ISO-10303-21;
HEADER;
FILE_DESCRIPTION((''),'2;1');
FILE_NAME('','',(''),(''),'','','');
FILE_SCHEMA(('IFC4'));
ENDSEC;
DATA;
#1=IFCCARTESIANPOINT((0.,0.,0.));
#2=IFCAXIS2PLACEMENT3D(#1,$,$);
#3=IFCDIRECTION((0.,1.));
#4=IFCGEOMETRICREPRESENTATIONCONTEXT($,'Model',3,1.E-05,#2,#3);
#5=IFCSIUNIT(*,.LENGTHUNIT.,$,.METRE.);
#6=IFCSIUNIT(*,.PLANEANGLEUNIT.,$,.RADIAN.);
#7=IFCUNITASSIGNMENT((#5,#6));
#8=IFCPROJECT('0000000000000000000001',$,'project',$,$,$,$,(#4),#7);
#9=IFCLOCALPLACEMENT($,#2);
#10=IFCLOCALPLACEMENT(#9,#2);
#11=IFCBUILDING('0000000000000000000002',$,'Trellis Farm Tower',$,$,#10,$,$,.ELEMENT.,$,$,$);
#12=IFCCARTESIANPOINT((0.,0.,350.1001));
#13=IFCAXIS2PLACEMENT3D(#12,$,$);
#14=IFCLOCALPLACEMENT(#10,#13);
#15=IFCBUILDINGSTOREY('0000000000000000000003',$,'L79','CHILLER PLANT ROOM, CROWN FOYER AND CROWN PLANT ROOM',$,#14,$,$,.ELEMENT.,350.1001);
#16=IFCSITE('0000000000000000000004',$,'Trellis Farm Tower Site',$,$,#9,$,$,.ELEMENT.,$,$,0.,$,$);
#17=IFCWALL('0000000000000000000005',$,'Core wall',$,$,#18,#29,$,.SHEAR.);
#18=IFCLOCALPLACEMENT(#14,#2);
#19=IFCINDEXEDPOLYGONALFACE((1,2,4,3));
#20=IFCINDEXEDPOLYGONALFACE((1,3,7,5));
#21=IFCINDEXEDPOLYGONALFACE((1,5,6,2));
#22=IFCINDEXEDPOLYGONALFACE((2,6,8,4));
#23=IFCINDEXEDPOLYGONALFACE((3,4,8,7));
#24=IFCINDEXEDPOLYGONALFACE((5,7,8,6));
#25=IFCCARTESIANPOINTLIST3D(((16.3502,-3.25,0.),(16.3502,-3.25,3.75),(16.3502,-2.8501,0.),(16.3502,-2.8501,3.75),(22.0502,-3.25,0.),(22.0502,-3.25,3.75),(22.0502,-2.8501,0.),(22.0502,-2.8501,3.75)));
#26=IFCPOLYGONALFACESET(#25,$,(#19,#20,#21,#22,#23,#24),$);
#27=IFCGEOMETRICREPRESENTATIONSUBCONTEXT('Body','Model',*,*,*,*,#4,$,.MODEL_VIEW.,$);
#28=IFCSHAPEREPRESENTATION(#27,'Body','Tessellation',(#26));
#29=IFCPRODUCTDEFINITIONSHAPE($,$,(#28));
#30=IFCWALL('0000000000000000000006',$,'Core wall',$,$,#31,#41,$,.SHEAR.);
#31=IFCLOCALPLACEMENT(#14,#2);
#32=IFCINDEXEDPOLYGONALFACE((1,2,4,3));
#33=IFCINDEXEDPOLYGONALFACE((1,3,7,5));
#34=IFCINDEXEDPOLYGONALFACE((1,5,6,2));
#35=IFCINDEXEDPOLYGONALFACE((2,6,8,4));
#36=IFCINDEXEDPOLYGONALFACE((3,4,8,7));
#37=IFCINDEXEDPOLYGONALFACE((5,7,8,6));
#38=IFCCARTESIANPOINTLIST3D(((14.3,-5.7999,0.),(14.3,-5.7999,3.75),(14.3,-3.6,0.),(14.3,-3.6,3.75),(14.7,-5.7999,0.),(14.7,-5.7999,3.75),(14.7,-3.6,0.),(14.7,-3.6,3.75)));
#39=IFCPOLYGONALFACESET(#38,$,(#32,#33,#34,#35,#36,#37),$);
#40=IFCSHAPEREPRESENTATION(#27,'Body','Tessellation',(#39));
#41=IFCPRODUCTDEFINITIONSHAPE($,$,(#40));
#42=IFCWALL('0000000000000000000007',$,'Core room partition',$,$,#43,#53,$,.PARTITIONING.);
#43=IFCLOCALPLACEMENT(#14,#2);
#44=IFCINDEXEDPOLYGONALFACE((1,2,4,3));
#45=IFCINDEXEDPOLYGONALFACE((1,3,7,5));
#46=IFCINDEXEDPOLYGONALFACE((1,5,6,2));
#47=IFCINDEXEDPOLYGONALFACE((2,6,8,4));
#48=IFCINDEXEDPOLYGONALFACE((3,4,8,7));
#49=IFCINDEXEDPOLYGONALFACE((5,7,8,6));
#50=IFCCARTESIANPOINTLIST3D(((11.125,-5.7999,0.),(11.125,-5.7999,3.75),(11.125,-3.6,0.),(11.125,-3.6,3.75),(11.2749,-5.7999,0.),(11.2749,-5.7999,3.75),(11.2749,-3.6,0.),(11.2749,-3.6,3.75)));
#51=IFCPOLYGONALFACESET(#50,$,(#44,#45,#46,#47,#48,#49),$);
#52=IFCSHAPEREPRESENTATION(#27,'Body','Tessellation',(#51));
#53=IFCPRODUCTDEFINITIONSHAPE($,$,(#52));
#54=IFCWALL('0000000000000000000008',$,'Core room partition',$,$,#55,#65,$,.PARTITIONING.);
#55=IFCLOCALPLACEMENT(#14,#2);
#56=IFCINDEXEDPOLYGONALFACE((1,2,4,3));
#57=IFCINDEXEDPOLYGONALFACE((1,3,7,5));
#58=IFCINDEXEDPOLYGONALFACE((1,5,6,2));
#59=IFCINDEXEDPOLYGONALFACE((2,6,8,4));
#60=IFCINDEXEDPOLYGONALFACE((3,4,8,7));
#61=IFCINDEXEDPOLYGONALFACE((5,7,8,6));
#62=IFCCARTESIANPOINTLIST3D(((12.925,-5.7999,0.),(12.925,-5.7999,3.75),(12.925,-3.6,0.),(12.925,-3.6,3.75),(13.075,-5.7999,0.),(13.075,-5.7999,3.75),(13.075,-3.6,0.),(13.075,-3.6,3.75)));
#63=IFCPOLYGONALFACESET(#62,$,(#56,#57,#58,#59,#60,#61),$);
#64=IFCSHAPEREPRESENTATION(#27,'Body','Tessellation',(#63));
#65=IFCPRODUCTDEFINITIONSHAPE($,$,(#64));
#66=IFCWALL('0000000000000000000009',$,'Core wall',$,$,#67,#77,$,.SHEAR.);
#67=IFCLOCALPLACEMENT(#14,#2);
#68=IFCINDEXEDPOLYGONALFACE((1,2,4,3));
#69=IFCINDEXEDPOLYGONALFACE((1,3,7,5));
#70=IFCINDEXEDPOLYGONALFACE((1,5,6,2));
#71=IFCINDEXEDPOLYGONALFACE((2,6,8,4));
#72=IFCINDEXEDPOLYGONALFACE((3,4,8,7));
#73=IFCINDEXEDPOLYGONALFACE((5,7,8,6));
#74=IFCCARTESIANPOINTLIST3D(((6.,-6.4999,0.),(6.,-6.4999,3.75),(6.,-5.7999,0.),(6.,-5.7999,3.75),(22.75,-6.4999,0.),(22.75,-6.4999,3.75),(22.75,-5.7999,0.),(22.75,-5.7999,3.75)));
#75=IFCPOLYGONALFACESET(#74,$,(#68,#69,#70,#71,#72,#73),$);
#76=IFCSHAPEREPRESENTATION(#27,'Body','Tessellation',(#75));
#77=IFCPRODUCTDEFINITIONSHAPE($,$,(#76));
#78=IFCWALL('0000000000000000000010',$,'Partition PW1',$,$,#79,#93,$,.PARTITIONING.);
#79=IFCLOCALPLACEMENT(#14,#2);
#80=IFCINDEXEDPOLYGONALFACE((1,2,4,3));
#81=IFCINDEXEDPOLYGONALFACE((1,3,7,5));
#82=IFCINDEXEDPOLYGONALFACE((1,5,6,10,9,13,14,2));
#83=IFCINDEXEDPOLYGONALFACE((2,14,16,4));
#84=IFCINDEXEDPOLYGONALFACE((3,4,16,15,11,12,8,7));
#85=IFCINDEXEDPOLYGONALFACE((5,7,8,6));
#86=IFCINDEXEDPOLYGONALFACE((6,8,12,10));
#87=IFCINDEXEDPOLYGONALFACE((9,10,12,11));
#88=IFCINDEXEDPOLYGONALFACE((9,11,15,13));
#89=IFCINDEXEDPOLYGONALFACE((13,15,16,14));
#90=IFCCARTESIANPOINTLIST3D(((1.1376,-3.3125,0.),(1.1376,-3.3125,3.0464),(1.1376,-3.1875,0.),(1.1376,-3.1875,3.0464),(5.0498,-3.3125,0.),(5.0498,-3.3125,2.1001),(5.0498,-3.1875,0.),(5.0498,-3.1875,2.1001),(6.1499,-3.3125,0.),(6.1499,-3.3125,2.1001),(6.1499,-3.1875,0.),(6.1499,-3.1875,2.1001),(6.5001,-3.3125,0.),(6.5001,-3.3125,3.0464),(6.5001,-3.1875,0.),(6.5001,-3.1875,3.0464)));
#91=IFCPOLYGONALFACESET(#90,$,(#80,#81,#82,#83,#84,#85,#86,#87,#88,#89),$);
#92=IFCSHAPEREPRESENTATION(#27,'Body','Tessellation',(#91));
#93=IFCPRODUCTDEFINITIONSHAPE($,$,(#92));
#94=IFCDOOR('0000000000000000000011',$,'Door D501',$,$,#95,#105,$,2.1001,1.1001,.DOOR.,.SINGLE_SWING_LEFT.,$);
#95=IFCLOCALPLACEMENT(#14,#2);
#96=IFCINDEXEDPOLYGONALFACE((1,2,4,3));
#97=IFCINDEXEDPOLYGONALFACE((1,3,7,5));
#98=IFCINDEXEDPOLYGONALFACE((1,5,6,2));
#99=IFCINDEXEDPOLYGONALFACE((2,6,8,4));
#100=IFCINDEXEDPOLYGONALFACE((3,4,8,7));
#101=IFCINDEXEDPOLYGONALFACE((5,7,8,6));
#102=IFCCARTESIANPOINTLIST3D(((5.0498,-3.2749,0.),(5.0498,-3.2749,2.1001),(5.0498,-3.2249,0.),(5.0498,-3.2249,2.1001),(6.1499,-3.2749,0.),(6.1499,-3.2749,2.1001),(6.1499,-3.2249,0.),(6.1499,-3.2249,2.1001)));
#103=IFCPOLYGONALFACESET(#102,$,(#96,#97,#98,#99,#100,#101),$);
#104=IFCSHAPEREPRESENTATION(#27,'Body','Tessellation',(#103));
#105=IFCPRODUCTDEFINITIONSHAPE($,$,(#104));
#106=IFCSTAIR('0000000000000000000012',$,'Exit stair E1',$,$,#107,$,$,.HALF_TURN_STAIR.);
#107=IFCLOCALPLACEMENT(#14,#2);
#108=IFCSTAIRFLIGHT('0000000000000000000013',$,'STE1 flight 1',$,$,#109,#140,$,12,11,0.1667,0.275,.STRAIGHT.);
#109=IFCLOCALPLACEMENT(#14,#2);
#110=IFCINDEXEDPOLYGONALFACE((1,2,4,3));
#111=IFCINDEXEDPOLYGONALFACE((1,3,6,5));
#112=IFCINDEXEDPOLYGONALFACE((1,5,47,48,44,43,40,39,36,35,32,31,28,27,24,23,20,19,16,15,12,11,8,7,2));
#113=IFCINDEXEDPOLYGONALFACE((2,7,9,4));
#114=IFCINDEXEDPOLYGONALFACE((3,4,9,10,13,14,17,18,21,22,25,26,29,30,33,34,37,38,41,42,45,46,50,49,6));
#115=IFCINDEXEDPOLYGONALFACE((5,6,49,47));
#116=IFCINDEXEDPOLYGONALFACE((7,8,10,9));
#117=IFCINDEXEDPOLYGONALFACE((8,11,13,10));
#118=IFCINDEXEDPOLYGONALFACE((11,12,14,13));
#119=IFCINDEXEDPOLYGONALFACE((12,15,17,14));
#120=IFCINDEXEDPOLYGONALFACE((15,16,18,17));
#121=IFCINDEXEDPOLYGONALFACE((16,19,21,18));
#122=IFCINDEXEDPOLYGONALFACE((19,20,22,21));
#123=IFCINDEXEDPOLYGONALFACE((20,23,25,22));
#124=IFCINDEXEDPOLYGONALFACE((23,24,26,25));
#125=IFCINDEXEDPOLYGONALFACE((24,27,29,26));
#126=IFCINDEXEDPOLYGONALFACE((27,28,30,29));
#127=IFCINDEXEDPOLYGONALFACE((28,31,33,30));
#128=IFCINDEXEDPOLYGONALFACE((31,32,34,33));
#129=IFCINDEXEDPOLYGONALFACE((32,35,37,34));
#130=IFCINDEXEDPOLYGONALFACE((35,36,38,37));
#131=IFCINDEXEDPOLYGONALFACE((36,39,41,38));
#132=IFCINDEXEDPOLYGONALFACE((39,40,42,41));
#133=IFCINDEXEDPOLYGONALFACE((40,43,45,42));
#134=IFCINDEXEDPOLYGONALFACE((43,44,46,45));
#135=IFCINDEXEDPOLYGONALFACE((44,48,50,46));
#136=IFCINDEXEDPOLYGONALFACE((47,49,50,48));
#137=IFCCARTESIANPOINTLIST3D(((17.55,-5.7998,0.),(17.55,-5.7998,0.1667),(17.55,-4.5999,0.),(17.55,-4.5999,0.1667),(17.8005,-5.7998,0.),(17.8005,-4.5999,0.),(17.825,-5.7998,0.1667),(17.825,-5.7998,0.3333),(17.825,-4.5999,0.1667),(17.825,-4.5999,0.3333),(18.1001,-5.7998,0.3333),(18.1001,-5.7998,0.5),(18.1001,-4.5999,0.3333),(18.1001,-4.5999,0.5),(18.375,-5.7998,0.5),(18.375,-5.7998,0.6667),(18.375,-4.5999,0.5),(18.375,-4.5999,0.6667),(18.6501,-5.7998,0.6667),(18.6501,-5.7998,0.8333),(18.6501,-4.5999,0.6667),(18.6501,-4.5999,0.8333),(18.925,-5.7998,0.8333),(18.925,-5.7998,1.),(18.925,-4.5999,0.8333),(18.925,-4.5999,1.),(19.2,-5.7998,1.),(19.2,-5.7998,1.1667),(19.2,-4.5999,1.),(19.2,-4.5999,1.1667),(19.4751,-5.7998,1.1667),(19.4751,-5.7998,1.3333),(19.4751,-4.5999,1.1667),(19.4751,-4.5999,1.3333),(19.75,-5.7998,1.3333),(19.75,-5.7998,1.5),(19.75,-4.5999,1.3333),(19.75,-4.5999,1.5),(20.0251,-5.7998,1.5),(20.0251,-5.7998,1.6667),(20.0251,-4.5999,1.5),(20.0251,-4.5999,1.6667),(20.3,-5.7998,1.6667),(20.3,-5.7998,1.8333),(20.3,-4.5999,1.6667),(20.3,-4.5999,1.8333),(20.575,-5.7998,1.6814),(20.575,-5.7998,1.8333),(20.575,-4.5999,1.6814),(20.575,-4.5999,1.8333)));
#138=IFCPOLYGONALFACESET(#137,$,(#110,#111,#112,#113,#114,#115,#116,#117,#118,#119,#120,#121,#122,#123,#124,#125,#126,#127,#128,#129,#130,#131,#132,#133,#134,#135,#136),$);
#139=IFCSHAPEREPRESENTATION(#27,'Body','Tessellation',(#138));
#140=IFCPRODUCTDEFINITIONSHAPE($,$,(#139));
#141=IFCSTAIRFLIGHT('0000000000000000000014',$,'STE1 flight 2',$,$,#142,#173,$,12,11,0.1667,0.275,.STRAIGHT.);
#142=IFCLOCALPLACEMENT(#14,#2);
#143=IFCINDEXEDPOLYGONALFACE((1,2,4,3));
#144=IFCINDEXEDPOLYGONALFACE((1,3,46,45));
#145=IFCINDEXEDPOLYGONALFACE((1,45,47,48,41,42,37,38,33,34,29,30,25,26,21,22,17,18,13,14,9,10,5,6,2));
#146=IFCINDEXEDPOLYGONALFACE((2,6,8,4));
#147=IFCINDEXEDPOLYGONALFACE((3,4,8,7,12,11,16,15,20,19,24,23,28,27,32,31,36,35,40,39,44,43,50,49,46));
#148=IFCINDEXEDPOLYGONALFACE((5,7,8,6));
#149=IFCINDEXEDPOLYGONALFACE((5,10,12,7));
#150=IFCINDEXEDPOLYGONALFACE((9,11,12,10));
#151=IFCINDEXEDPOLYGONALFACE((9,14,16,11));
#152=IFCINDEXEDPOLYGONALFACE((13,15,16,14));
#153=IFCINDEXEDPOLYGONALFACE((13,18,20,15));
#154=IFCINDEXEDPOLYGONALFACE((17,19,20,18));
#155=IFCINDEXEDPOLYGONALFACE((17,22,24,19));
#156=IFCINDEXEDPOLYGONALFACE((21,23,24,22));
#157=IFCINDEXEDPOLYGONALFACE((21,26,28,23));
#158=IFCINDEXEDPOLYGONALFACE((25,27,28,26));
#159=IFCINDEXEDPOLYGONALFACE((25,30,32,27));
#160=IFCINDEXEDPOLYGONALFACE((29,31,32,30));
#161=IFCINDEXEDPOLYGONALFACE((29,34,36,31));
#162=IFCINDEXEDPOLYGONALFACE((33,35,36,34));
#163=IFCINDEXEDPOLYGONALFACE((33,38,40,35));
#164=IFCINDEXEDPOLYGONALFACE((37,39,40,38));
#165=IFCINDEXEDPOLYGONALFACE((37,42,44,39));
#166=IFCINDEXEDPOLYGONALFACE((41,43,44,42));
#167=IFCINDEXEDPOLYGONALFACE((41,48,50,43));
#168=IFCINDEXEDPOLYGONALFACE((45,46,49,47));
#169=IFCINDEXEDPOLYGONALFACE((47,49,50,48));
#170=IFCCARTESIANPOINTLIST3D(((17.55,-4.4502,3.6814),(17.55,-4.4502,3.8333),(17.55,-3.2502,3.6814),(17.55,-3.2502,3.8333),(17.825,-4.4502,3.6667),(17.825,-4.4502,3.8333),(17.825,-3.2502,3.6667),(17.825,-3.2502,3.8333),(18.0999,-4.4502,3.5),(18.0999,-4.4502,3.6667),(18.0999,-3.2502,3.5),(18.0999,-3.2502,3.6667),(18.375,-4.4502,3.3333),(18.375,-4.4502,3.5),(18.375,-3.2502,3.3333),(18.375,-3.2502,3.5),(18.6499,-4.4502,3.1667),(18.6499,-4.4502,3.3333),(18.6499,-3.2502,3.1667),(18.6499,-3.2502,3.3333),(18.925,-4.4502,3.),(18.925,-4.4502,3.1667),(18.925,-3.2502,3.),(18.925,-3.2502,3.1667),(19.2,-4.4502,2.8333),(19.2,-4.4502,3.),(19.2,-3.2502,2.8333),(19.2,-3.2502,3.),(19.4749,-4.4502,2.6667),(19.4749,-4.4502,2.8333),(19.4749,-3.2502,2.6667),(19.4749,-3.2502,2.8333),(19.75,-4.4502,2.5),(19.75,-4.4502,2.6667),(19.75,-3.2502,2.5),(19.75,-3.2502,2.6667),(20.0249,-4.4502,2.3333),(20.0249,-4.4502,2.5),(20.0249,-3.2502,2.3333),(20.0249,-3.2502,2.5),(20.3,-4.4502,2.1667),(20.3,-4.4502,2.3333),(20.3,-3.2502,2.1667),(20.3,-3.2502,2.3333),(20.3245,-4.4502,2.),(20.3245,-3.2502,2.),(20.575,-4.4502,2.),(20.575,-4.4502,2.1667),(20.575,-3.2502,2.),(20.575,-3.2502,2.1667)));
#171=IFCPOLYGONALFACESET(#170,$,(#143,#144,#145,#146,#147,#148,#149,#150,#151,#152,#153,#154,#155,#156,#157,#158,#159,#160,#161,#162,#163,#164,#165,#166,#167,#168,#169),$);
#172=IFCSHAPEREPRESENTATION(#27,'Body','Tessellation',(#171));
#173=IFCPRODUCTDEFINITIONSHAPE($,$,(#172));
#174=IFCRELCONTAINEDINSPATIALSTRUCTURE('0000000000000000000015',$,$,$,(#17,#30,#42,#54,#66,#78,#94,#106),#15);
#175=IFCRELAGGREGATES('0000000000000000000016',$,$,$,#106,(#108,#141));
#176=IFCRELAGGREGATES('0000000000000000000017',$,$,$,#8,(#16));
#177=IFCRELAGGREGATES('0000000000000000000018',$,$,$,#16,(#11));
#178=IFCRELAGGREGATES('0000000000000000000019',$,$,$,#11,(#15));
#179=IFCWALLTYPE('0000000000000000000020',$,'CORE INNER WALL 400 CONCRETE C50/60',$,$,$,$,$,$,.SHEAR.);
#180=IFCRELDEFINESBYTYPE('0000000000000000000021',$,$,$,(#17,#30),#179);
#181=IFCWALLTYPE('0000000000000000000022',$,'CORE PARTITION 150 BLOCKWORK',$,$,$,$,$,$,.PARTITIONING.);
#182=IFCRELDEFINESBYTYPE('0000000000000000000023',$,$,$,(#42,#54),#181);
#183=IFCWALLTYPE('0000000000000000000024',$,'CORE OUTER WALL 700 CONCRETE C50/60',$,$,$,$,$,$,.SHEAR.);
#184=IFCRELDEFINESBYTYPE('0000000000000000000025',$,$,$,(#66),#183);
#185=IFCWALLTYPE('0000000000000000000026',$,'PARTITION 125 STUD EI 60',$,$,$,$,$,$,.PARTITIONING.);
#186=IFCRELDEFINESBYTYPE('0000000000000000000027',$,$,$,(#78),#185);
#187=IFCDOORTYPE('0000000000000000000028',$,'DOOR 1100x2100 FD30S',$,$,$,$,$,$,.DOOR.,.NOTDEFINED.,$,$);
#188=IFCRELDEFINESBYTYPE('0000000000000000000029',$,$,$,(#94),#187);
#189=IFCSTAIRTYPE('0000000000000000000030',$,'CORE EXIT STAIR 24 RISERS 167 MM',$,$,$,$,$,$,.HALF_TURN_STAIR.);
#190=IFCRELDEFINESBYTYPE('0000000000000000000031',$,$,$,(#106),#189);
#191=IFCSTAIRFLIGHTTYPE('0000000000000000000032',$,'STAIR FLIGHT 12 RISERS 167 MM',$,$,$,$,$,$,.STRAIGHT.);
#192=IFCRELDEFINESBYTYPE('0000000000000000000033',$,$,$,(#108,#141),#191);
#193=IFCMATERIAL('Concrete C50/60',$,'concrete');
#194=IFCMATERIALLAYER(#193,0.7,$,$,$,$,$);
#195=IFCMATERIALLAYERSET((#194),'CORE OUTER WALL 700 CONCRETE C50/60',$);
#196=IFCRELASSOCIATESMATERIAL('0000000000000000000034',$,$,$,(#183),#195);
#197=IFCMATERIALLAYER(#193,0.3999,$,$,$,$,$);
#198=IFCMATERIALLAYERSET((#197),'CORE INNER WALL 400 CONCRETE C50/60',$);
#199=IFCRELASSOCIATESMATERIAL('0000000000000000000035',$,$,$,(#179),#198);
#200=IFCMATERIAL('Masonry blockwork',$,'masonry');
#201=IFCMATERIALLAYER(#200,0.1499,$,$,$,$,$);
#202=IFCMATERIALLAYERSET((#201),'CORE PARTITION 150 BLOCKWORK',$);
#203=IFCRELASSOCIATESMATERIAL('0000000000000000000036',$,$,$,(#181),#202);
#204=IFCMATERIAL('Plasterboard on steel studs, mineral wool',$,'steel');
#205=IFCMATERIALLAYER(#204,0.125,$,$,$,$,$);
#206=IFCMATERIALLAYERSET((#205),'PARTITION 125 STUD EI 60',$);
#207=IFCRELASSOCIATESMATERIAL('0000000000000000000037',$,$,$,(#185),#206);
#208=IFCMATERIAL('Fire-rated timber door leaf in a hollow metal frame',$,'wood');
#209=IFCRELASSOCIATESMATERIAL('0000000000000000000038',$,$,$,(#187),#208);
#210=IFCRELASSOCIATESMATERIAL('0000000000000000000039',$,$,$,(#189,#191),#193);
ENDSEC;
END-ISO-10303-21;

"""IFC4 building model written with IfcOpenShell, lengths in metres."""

from ifc_helpers import new_model, si_unit, direction, frame, frame_2d, origin, place, context, subcontext, project, spatial, polyline, rectangle, outline, extrude, source, transform, mapped, material, layer, layer_set, type_object, element, fill, aggregate, save


model = new_model("IFC4")

# Units and contexts
model_context = context("Model", 3, precision=1e-05, world=origin(), true_north=direction((0.0, 1.0)))
body_context = subcontext(model_context, "Body", "Model", "MODEL_VIEW")
ifc_project = project(units=[si_unit("LENGTHUNIT", "METRE"), si_unit("PLANEANGLEUNIT", "RADIAN")], contexts=[model_context])

# Site, building, storey
site_placement = place(None, origin())
site = spatial("IfcSite", under=ifc_project, at=site_placement, Name="Trellis Farm Tower Site", CompositionType="ELEMENT", RefElevation=0.0)
building_placement = place(site_placement, origin())
building = spatial("IfcBuilding", under=site, at=building_placement, Name="Trellis Farm Tower", CompositionType="ELEMENT")
storey_placement = place(building_placement, frame((0.0, 0.0, 350.1001)))
storey = spatial("IfcBuildingStorey", under=building, at=storey_placement, Name="L79", Description="CHILLER PLANT ROOM, CROWN FOYER AND CROWN PLANT ROOM", CompositionType="ELEMENT", Elevation=350.1001)

# Shared definitions
ifc_material_1 = material(Name="Concrete C50/60", Category="concrete")

# Shared definitions
placement = place(storey_placement, origin())

# Shared definitions
ifc_layer_1 = layer(ifc_material_1, 0.7)
ifc_layer_set_1 = layer_set([ifc_layer_1], Name="CORE OUTER WALL 700 CONCRETE C50/60")
wall_type_1 = type_object("IfcWallType", Name="CORE OUTER WALL 700 CONCRETE C50/60", PredefinedType="SHEAR", material=ifc_layer_set_1)

# Shared definitions
ifc_layer_2 = layer(ifc_material_1, 0.3999)
ifc_layer_set_2 = layer_set([ifc_layer_2], Name="CORE INNER WALL 400 CONCRETE C50/60")
wall_type_2 = type_object("IfcWallType", Name="CORE INNER WALL 400 CONCRETE C50/60", PredefinedType="SHEAR", material=ifc_layer_set_2)

# Shared definitions
shared_shape_1 = source(origin(), body_context, "Body", "SweptSolid", [
    extrude(rectangle(XDim=1.1001, YDim=2.1001, at=frame_2d((0.55, 1.05))), frame((0.0, 0.0249, 0.0), z_axis=(0.0, -1.0, 0.0), x_axis=(1.0, 0.0, 0.0)), (0.0, 0.0, 1.0), 0.05),
])

# Walls
shared_shape_2 = source(origin(), body_context, "Body", "SweptSolid", [
    extrude(rectangle(XDim=5.7, YDim=0.3999, at=frame_2d((2.8501, 0.0))), origin(), (0.0, 0.0, 1.0), 3.75),
])
wall_1_placement = place(storey_placement, frame((16.3501, -3.05, 0.0), z_axis=(0.0, 0.0, 1.0), x_axis=(1.0, 0.0, 0.0)))
element("IfcWall", 1, at=wall_1_placement, inside=storey, type_object=wall_type_2, Name="Core wall", PredefinedType="SHEAR", context=body_context, shape_type="MappedRepresentation", body=[
    mapped(shared_shape_2, transform((0.0, 0.0, 0.0))),
])
shared_shape_3 = source(origin(), body_context, "Body", "SweptSolid", [
    extrude(rectangle(XDim=2.2, YDim=0.3999, at=frame_2d((1.1001, 0.0))), origin(), (0.0, 0.0, 1.0), 3.75),
])
wall_2_placement = place(storey_placement, frame((14.5, -5.8, 0.0), z_axis=(0.0, 0.0, 1.0), x_axis=(0.0, 1.0, 0.0)))
element("IfcWall", 2, at=wall_2_placement, inside=storey, type_object=wall_type_2, Name="Core wall", PredefinedType="SHEAR", context=body_context, shape_type="MappedRepresentation", body=[
    mapped(shared_shape_3, transform((0.0, 0.0, 0.0))),
])
ifc_material_2 = material(Name="Masonry blockwork", Category="masonry")
ifc_layer_3 = layer(ifc_material_2, 0.1499)
ifc_layer_set_3 = layer_set([ifc_layer_3], Name="CORE PARTITION 150 BLOCKWORK")
wall_type_3 = type_object("IfcWallType", Name="CORE PARTITION 150 BLOCKWORK", PredefinedType="PARTITIONING", material=ifc_layer_set_3)
shared_shape_4 = source(origin(), body_context, "Body", "SweptSolid", [
    extrude(rectangle(XDim=2.2, YDim=0.1499, at=frame_2d((1.1001, 0.0))), origin(), (0.0, 0.0, 1.0), 3.75),
])
for number, where, z_axis, x_axis, name in (
    (3, (11.2, -5.8, 0.0), (0.0, 0.0, 1.0), (0.0, 1.0, 0.0), "Core room partition"),
    (4, (13.0, -5.8, 0.0), (0.0, 0.0, 1.0), (0.0, 1.0, 0.0), "Core room partition"),
):
    element("IfcWall", number, at=place(storey_placement, frame(where, z_axis=z_axis, x_axis=x_axis)), inside=storey, type_object=wall_type_3, Name=name, PredefinedType="PARTITIONING", context=body_context, shape_type="MappedRepresentation", body=[
        mapped(shared_shape_4, transform((0.0, 0.0, 0.0))),
    ])
shared_shape_5 = source(origin(), body_context, "Body", "SweptSolid", [
    extrude(rectangle(XDim=16.75, YDim=0.7, at=frame_2d((8.375, 0.0))), origin(), (0.0, 0.0, 1.0), 3.75),
])
wall_3_placement = place(storey_placement, frame((6.0, -6.1499, 0.0), z_axis=(0.0, 0.0, 1.0), x_axis=(1.0, 0.0, 0.0)))
element("IfcWall", 5, at=wall_3_placement, inside=storey, type_object=wall_type_1, Name="Core wall", PredefinedType="SHEAR", context=body_context, shape_type="MappedRepresentation", body=[
    mapped(shared_shape_5, transform((0.0, 0.0, 0.0))),
])

# Wall, opening, door
ifc_material_3 = material(Name="Plasterboard on steel studs, mineral wool", Category="steel")
ifc_layer_4 = layer(ifc_material_3, 0.125)
ifc_layer_set_4 = layer_set([ifc_layer_4], Name="PARTITION 125 STUD EI 60")
wall_type_4 = type_object("IfcWallType", Name="PARTITION 125 STUD EI 60", PredefinedType="PARTITIONING", material=ifc_layer_set_4)
shared_shape_6 = source(origin(), body_context, "Body", "SweptSolid", [
    extrude(rectangle(XDim=5.3625, YDim=0.125, at=frame_2d((2.6812, 0.0))), origin(), (0.0, 0.0, 1.0), 3.0464),
])
wall_4_placement = place(storey_placement, frame((6.5, -3.25, 0.0), z_axis=(0.0, 0.0, 1.0), x_axis=(-1.0, 0.0, 0.0)))
wall_4 = element("IfcWall", 6, at=wall_4_placement, inside=storey, type_object=wall_type_4, Name="Partition PW1", PredefinedType="PARTITIONING", context=body_context, shape_type="MappedRepresentation", body=[
    mapped(shared_shape_6, transform((0.0, 0.0, 0.0))),
])
shared_shape_7 = source(origin(), body_context, "Body", "SweptSolid", [
    extrude(rectangle(XDim=1.1001, YDim=2.1001, at=frame_2d((0.55, 1.05))), frame((0.0, 0.0725, 0.0), z_axis=(0.0, -1.0, 0.0), x_axis=(1.0, 0.0, 0.0)), (0.0, 0.0, 1.0), 0.145),
])
opening_1_placement = place(wall_4_placement, frame((0.3501, 0.0, 0.0)))
opening_1 = element("IfcOpeningElement", 7, at=opening_1_placement, cuts=wall_4, PredefinedType="OPENING", context=body_context, shape_type="MappedRepresentation", body=[
    mapped(shared_shape_7, transform((0.0, 0.0, 0.0))),
])
ifc_material_4 = material(Name="Fire-rated timber door leaf in a hollow metal frame", Category="wood")
door_type_1 = type_object("IfcDoorType", Name="DOOR 1100x2100 FD30S", OperationType="NOTDEFINED", PredefinedType="DOOR", material=ifc_material_4)
door_1_placement = place(opening_1_placement, origin())
door_1 = element("IfcDoor", 8, at=door_1_placement, inside=storey, type_object=door_type_1, Name="Door D501", OperationType="SINGLE_SWING_LEFT", OverallHeight=2.1001, OverallWidth=1.1001, PredefinedType="DOOR", context=body_context, shape_type="MappedRepresentation", body=[
    mapped(shared_shape_1, transform((0.0, 0.0, 0.0))),
])
fill(opening_1, door_1)

# Stair, stair flights
stair_type = type_object("IfcStairType", Name="CORE EXIT STAIR 24 RISERS 167 MM", PredefinedType="HALF_TURN_STAIR", material=ifc_material_1)
stair_1 = element("IfcStair", 9, at=placement, inside=storey, type_object=stair_type, Name="Exit stair E1", PredefinedType="HALF_TURN_STAIR")
stair_flight_type = type_object("IfcStairFlightType", Name="STAIR FLIGHT 12 RISERS 167 MM", PredefinedType="STRAIGHT", material=ifc_material_1)
shared_shape_8 = source(origin(), body_context, "Body", "SweptSolid", [
    extrude(outline(polyline([(0.0, 0.0), (0.0, 0.1667), (0.2749, 0.1667), (0.2749, 0.3333), (0.55, 0.3333), (0.55, 0.5), (0.825, 0.5), (0.825, 0.6667), (1.1001, 0.6667), (1.1001, 0.8333), (1.375, 0.8333), (1.375, 1.0), (1.6499, 1.0), (1.6499, 1.1667), (1.925, 1.1667), (1.925, 1.3333), (2.2, 1.3333), (2.2, 1.5), (2.4751, 1.5), (2.4751, 1.6667), (2.75, 1.6667), (2.75, 1.8333), (3.0249, 1.8333), (3.0249, 2.0), (3.0249, 1.6814), (0.2505, 0.0), (0.0, 0.0)])), frame((0.0, 0.6001, 0.0), z_axis=(0.0, -1.0, 0.0), x_axis=(1.0, 0.0, 0.0)), (0.0, 0.0, 1.0), 1.2),
])
stair_flight_1_placement = place(storey_placement, frame((17.55, -5.2, 0.0), z_axis=(0.0, 0.0, 1.0), x_axis=(1.0, 0.0, 0.0)))
stair_flight_1 = element("IfcStairFlight", 10, at=stair_flight_1_placement, type_object=stair_flight_type, Name="STE1 flight 1", NumberOfRisers=12, NumberOfTreads=11, PredefinedType="STRAIGHT", RiserHeight=0.1667, TreadLength=0.275, context=body_context, shape_type="MappedRepresentation", body=[
    mapped(shared_shape_8, transform((0.0, 0.0, 0.0))),
])
stair_flight_2_placement = place(storey_placement, frame((20.575, -3.8501, 2.0), z_axis=(0.0, 0.0, 1.0), x_axis=(-1.0, 0.0, 0.0)))
stair_flight_2 = element("IfcStairFlight", 11, at=stair_flight_2_placement, type_object=stair_flight_type, Name="STE1 flight 2", NumberOfRisers=12, NumberOfTreads=11, PredefinedType="STRAIGHT", RiserHeight=0.1667, TreadLength=0.275, context=body_context, shape_type="MappedRepresentation", body=[
    mapped(shared_shape_8, transform((0.0, 0.0, 0.0))),
])
aggregate(stair_1, [stair_flight_1, stair_flight_2])

save(model, "model.ifc")
